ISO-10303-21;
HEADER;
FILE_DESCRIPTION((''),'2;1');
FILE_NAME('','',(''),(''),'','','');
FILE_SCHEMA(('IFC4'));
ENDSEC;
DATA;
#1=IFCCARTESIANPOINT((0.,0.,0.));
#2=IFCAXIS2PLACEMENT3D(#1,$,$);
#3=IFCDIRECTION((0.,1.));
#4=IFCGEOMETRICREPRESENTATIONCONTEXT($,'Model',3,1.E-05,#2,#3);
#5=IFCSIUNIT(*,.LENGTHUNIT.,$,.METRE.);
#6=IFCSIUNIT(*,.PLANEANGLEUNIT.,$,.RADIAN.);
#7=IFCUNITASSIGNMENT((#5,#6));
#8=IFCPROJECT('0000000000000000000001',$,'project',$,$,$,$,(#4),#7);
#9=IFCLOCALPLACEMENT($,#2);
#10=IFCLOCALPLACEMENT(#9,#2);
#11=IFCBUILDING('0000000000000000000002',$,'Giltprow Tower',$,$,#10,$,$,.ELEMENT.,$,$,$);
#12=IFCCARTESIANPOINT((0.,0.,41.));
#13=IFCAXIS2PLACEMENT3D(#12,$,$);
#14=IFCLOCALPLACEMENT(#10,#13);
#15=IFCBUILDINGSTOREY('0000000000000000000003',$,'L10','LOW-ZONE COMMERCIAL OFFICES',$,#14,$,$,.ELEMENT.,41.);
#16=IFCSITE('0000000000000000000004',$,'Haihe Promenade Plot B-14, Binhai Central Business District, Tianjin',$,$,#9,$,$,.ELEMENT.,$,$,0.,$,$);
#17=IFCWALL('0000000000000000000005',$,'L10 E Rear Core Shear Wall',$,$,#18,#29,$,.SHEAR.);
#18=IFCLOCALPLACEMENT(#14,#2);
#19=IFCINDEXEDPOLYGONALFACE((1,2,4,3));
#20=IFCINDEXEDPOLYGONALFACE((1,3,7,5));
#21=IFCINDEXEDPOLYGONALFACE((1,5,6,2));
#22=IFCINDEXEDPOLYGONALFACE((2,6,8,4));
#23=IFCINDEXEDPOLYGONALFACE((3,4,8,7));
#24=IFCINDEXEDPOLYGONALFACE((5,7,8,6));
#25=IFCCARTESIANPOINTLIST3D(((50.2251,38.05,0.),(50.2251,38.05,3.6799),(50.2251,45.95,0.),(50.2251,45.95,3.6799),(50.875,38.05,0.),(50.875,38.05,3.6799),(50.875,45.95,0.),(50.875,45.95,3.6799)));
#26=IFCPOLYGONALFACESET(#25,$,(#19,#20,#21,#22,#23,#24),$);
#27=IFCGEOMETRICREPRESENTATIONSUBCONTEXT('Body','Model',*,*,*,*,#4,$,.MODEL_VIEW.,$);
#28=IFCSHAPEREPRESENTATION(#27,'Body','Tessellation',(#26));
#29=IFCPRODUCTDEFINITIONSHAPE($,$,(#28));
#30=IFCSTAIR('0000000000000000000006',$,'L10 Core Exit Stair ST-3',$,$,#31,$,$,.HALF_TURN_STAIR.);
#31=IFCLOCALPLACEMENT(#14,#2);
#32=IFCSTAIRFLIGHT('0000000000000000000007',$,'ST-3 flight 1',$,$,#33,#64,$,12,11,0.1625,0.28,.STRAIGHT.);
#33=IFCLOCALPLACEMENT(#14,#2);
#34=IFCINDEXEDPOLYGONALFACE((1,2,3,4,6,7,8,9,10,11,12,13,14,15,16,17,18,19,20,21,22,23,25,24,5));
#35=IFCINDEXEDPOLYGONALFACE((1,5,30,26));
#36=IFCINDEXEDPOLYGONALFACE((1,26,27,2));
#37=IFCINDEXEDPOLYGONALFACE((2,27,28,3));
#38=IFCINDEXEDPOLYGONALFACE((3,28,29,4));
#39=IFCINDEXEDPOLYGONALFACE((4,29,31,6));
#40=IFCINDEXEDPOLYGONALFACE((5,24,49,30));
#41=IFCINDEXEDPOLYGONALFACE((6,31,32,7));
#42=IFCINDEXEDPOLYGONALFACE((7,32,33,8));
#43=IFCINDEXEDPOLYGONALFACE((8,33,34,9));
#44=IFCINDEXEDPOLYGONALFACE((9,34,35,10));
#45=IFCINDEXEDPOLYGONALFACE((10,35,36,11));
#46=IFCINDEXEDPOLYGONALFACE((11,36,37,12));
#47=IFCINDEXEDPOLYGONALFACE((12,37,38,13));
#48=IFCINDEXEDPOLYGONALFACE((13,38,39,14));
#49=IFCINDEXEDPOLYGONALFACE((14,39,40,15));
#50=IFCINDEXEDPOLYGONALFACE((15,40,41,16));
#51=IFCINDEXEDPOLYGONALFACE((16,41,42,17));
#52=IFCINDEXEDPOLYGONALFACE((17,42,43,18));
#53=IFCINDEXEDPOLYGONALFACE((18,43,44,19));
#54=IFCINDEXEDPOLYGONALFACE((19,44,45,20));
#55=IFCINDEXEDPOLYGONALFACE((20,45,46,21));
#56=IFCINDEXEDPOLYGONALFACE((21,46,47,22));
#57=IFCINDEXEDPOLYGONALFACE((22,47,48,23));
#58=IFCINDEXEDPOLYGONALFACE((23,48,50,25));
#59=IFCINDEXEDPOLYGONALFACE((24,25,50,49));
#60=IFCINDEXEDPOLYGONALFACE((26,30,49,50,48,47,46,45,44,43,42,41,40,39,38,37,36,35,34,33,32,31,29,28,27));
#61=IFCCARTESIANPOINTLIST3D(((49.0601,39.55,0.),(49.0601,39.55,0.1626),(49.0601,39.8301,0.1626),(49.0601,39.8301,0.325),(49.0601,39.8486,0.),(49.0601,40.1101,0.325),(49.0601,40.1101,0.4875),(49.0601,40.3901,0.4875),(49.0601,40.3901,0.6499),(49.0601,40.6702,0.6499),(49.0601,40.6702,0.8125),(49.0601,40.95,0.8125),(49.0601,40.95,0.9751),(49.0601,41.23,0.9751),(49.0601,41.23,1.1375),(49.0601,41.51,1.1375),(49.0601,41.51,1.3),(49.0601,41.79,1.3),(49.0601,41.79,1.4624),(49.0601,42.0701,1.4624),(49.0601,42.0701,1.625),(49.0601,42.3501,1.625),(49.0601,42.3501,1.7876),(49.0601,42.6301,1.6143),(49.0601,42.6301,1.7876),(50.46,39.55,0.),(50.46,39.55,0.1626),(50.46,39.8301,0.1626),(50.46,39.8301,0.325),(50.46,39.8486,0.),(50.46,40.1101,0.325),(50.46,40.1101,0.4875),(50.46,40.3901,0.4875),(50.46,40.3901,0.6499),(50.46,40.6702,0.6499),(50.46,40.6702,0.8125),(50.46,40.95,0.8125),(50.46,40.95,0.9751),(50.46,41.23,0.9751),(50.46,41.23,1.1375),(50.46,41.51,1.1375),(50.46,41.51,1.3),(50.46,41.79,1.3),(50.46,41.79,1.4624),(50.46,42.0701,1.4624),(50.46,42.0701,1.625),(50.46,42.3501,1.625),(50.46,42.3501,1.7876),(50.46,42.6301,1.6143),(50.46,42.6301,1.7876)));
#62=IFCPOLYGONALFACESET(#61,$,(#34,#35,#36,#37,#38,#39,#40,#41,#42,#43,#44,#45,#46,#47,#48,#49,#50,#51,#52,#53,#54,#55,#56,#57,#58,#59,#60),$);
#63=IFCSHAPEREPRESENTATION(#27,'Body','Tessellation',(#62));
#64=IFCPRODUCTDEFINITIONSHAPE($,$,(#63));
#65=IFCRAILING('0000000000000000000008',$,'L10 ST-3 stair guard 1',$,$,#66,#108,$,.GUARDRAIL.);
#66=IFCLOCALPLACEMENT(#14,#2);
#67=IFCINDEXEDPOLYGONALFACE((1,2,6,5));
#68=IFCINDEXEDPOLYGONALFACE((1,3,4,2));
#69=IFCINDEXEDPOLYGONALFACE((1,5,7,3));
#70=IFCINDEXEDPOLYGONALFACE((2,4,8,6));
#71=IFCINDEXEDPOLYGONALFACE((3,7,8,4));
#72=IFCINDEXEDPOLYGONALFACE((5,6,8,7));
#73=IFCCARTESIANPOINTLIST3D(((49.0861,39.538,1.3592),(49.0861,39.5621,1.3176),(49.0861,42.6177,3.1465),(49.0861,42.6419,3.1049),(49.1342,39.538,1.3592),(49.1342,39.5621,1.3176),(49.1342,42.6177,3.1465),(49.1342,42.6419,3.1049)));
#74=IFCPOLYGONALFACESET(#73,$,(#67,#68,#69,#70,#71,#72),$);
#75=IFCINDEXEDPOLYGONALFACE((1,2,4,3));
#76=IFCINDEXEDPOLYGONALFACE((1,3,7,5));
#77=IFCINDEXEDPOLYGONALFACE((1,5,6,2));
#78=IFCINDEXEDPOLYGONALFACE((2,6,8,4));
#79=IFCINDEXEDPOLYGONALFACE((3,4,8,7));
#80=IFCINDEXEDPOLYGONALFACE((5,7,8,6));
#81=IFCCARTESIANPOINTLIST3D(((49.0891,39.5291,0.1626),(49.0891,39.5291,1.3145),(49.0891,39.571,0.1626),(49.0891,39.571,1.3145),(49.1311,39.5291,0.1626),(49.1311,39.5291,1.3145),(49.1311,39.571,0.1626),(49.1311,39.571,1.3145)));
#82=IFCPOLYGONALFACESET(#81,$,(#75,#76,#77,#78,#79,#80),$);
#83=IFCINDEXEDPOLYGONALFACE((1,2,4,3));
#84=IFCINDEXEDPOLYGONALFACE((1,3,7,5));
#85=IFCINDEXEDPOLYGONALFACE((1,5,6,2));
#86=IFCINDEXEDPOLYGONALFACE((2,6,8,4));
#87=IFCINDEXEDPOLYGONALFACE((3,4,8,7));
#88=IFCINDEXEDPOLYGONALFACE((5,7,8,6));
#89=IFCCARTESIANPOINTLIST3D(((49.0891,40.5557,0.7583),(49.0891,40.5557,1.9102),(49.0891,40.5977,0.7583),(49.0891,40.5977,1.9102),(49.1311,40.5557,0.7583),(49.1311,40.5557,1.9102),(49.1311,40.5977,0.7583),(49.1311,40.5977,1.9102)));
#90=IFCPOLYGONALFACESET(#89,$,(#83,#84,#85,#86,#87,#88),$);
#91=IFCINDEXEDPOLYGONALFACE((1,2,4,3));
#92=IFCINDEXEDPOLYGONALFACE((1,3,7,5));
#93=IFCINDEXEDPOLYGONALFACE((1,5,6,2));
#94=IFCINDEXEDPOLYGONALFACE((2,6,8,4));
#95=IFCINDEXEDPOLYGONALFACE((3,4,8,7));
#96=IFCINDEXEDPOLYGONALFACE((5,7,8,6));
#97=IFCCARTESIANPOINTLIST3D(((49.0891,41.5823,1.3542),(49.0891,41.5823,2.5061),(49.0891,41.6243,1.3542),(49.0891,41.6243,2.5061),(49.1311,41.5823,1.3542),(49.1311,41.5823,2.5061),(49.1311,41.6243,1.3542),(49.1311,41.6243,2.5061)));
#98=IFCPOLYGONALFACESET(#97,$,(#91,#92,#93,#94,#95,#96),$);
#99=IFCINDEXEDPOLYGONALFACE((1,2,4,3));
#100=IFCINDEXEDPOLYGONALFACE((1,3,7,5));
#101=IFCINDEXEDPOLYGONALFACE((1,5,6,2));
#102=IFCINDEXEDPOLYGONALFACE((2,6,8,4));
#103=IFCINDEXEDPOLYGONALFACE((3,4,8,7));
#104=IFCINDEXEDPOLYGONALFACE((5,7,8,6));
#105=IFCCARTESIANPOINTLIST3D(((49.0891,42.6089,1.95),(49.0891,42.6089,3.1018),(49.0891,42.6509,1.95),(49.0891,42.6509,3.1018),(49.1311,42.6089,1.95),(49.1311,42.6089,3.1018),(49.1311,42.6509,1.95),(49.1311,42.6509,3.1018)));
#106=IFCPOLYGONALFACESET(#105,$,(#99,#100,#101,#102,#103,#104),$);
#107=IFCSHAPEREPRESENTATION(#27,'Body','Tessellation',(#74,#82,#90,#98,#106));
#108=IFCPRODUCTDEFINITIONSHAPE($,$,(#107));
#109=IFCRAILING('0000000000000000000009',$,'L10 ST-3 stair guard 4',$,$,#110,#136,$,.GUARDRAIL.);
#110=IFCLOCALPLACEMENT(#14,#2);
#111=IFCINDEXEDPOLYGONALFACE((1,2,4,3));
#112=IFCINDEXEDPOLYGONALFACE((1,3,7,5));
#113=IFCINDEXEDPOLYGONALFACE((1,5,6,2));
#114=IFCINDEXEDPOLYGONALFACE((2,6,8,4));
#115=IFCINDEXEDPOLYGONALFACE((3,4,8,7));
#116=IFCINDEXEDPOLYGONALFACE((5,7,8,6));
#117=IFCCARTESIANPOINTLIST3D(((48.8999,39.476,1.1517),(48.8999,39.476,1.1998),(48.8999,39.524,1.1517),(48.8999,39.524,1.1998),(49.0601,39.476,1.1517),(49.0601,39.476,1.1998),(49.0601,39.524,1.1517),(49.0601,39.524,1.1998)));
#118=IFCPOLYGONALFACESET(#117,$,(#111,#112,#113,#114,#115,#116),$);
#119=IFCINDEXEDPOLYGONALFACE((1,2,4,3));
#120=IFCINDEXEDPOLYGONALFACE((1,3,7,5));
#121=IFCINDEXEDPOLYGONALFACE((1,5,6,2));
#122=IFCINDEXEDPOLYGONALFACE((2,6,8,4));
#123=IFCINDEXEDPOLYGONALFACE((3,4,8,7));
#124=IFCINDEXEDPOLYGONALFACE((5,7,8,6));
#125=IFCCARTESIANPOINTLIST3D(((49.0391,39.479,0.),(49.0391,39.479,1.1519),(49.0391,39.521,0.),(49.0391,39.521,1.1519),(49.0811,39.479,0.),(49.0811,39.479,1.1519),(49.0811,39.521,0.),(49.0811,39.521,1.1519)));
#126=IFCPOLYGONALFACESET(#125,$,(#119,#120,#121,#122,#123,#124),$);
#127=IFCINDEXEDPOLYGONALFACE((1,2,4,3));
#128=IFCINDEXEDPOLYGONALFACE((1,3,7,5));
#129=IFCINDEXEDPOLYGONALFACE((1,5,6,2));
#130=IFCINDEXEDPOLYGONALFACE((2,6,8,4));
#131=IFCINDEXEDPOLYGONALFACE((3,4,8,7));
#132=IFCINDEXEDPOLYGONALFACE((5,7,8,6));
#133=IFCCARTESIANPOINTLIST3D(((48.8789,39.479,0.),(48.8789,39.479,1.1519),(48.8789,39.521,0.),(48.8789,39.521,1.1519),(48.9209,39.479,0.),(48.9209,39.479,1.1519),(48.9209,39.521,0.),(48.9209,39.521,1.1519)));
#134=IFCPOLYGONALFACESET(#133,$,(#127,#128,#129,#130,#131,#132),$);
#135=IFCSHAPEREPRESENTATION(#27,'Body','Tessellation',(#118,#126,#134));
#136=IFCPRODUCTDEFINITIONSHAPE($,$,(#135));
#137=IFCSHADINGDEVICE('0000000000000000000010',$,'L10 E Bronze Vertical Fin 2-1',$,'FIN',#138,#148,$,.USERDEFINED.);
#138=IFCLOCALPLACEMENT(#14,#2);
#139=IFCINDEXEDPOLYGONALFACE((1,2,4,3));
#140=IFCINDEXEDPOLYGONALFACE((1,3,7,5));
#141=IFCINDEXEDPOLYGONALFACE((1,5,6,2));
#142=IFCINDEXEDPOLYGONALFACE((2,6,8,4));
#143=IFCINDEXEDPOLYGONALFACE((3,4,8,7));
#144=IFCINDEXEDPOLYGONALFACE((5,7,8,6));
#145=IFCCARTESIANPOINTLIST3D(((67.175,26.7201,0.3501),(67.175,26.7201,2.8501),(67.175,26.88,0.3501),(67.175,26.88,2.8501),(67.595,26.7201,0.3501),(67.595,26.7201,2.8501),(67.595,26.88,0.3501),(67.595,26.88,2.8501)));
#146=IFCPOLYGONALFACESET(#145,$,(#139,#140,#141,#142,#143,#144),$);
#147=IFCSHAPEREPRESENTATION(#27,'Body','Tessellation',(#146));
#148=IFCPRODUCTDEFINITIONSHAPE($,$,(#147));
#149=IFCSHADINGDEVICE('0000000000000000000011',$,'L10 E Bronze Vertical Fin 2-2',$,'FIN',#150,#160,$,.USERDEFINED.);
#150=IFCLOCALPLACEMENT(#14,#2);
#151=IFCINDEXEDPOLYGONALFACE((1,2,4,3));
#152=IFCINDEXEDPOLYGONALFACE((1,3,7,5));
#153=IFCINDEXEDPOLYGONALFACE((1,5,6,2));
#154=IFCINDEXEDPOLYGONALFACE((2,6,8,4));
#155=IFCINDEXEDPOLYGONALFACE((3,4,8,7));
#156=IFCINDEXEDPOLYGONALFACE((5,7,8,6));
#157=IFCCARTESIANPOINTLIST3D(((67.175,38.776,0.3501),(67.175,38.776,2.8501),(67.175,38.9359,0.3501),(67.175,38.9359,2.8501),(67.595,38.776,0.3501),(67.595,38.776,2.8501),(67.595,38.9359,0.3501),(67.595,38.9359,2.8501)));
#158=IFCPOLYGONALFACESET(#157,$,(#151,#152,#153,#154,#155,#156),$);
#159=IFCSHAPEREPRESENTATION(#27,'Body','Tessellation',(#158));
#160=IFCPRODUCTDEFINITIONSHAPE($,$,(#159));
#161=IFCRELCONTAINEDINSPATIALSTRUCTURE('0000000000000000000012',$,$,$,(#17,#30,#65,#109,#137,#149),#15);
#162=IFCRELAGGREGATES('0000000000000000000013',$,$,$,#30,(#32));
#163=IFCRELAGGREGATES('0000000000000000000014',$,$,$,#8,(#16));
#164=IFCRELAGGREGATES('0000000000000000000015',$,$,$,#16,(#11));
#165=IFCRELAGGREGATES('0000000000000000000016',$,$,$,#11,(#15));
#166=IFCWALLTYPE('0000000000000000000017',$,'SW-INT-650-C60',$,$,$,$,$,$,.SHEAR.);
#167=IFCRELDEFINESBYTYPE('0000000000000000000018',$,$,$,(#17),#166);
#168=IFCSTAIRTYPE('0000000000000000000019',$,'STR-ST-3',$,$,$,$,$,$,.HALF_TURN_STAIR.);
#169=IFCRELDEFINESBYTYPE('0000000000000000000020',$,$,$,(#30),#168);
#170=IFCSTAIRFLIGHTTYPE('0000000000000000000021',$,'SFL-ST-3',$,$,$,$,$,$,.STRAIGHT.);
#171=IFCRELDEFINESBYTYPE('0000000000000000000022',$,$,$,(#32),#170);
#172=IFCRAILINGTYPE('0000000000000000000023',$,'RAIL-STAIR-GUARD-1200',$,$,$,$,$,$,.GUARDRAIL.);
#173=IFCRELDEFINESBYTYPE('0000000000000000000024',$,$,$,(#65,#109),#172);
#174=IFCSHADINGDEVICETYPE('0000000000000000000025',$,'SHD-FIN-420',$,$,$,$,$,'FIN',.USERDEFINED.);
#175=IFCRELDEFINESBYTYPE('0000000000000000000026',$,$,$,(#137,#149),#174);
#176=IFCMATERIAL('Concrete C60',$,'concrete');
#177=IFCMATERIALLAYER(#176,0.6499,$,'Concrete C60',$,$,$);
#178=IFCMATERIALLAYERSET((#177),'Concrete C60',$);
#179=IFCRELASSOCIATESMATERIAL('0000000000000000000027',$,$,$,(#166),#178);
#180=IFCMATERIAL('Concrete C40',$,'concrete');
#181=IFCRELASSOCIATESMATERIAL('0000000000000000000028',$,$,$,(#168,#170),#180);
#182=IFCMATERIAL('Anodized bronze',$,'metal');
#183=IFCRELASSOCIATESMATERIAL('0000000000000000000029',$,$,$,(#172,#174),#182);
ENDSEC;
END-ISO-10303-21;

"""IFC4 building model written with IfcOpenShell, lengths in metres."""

from ifc_helpers import new_model, si_unit, direction, frame, frame_2d, origin, origin_2d, place, context, subcontext, project, spatial, polyline, rectangle, outline, extrude, source, transform, mapped, material, layer, layer_set, type_object, element, aggregate, save


model = new_model("IFC4")

# Units and contexts
model_context = context("Model", 3, precision=1e-05, world=origin(), true_north=direction((0.0, 1.0)))
body_context = subcontext(model_context, "Body", "Model", "MODEL_VIEW")
ifc_project = project(units=[si_unit("LENGTHUNIT", "METRE"), si_unit("PLANEANGLEUNIT", "RADIAN")], contexts=[model_context])

# Site, building, storey
site_placement = place(None, origin())
site = spatial("IfcSite", under=ifc_project, at=site_placement, Name="Haihe Promenade Plot B-14, Binhai Central Business District, Tianjin", CompositionType="ELEMENT", RefElevation=0.0)
building_placement = place(site_placement, origin())
building = spatial("IfcBuilding", under=site, at=building_placement, Name="Giltprow Tower", CompositionType="ELEMENT")
storey_placement = place(building_placement, frame((0.0, 0.0, 41.0)))
storey = spatial("IfcBuildingStorey", under=building, at=storey_placement, Name="L10", Description="LOW-ZONE COMMERCIAL OFFICES", CompositionType="ELEMENT", Elevation=41.0)

# Shared definitions
ifc_material_1 = material(Name="Concrete C60", Category="concrete")

# Shared definitions
ifc_material_2 = material(Name="Concrete C40", Category="concrete")

# Wall
ifc_layer_1 = layer(ifc_material_1, 0.6499, Name="Concrete C60")
ifc_layer_set_1 = layer_set([ifc_layer_1], Name="Concrete C60")
wall_type_1 = type_object("IfcWallType", Name="SW-INT-650-C60", PredefinedType="SHEAR", material=ifc_layer_set_1)
wall_1_placement = place(storey_placement, frame((50.55, 38.05, 0.0), z_axis=(0.0, 0.0, 1.0), x_axis=(0.0, 1.0, 0.0)))
element("IfcWall", 1, at=wall_1_placement, inside=storey, type_object=wall_type_1, Name="L10 E Rear Core Shear Wall", PredefinedType="SHEAR", context=body_context, shape_type="SweptSolid", body=[
    extrude(rectangle(XDim=7.8999, YDim=0.6499, at=frame_2d((3.95, 0.0))), origin(), (0.0, 0.0, 1.0), 3.6799),
])

# Stair, stair flight
stair_type = type_object("IfcStairType", Name="STR-ST-3", PredefinedType="HALF_TURN_STAIR", material=ifc_material_2)
stair_placement = place(storey_placement, origin())
stair = element("IfcStair", 2, at=stair_placement, inside=storey, type_object=stair_type, Name="L10 Core Exit Stair ST-3", PredefinedType="HALF_TURN_STAIR")
stair_flight_type = type_object("IfcStairFlightType", Name="SFL-ST-3", PredefinedType="STRAIGHT", material=ifc_material_2)
stair_flight_placement = place(storey_placement, frame((49.76, 39.55, 0.0), z_axis=(0.0, 0.0, 1.0), x_axis=(0.0, 1.0, 0.0)))
stair_flight = element("IfcStairFlight", 3, at=stair_flight_placement, type_object=stair_flight_type, Name="ST-3 flight 1", NumberOfRisers=12, NumberOfTreads=11, PredefinedType="STRAIGHT", RiserHeight=0.1625, TreadLength=0.28, context=body_context, shape_type="SweptSolid", body=[
    extrude(outline(polyline([(0.0, 0.0), (0.0, 0.1626), (0.28, 0.1626), (0.28, 0.325), (0.5601, 0.325), (0.5601, 0.4875), (0.8401, 0.4875), (0.8401, 0.6499), (1.1201, 0.6499), (1.1201, 0.8125), (1.3999, 0.8125), (1.3999, 0.9751), (1.6799, 0.9751), (1.6799, 1.1375), (1.96, 1.1375), (1.96, 1.3), (2.24, 1.3), (2.24, 1.4624), (2.52, 1.4624), (2.52, 1.625), (2.8, 1.625), (2.8, 1.7876), (3.0801, 1.7876), (3.0801, 1.95), (3.0801, 1.6143), (0.2986, 0.0), (0.0, 0.0)])), frame((0.0, 0.7, 0.0), z_axis=(0.0, -1.0, 0.0), x_axis=(1.0, 0.0, 0.0)), (0.0, 0.0, 1.0), 1.3999),
])
aggregate(stair, [stair_flight])

# Railings
ifc_material_3 = material(Name="Anodized bronze", Category="metal")
railing_type = type_object("IfcRailingType", Name="RAIL-STAIR-GUARD-1200", PredefinedType="GUARDRAIL", material=ifc_material_3)
railing_1_placement = place(storey_placement, frame((49.1101, 39.55, 0.1626)))
element("IfcRailing", 4, at=railing_1_placement, inside=storey, type_object=railing_type, Name="L10 ST-3 stair guard 1", PredefinedType="GUARDRAIL", context=body_context, shape_type="SweptSolid", body=[
    extrude(rectangle(XDim=0.0481, YDim=0.0481, at=origin_2d()), frame((0.0, 0.0, 1.1758), z_axis=(0.0, 0.864903, 0.501939), x_axis=(-1.0, 0.0, 0.0)), (0.0, 0.0, 1.0), 3.5608),
    extrude(rectangle(XDim=0.042, YDim=0.042, at=origin_2d()), origin(), (0.0, 0.0, 1.0), 1.1519),
    extrude(rectangle(XDim=0.042, YDim=0.042, at=origin_2d()), frame((0.0, 1.0266, 0.5957)), (0.0, 0.0, 1.0), 1.1519),
    extrude(rectangle(XDim=0.042, YDim=0.042, at=origin_2d()), frame((0.0, 2.0532, 1.1917)), (0.0, 0.0, 1.0), 1.1519),
    extrude(rectangle(XDim=0.042, YDim=0.042, at=origin_2d()), frame((0.0, 3.0798, 1.7874)), (0.0, 0.0, 1.0), 1.1519),
])
railing_2_placement = place(storey_placement, frame((49.0601, 39.5, 0.0)))
element("IfcRailing", 5, at=railing_2_placement, inside=storey, type_object=railing_type, Name="L10 ST-3 stair guard 4", PredefinedType="GUARDRAIL", context=body_context, shape_type="SweptSolid", body=[
    extrude(rectangle(XDim=0.0481, YDim=0.0481, at=origin_2d()), frame((0.0, 0.0, 1.1758), z_axis=(-1.0, 0.0, 0.0), x_axis=(0.0, -1.0, 0.0)), (0.0, 0.0, 1.0), 0.1602),
    extrude(rectangle(XDim=0.042, YDim=0.042, at=origin_2d()), origin(), (0.0, 0.0, 1.0), 1.1519),
    extrude(rectangle(XDim=0.042, YDim=0.042, at=origin_2d()), frame((-0.1602, 0.0, 0.0)), (0.0, 0.0, 1.0), 1.1519),
])

# Shading devices
shading_device_type = type_object("IfcShadingDeviceType", Name="SHD-FIN-420", ElementType="FIN", PredefinedType="USERDEFINED", material=ifc_material_3)
shared_shape_1 = source(origin(), body_context, "Body", "SweptSolid", [
    extrude(rectangle(XDim=0.4199, YDim=0.1599, at=origin_2d()), origin(), (0.0, 0.0, 1.0), 2.5),
])
for number, where, z_axis, x_axis, name in (
    (6, (67.385, 26.8, 0.3501), (0.0, 0.0, 1.0), (1.0, 0.0, 0.0), "L10 E Bronze Vertical Fin 2-1"),
    (7, (67.385, 38.856, 0.3501), (0.0, 0.0, 1.0), (1.0, 0.0, 0.0), "L10 E Bronze Vertical Fin 2-2"),
):
    element("IfcShadingDevice", number, at=place(storey_placement, frame(where, z_axis=z_axis, x_axis=x_axis)), inside=storey, type_object=shading_device_type, Name=name, ObjectType="FIN", PredefinedType="USERDEFINED", context=body_context, shape_type="MappedRepresentation", body=[
        mapped(shared_shape_1, transform((0.0, 0.0, 0.0), x_axis=(1.0, 0.0, 0.0), y_axis=(0.0, 1.0, 0.0), z_axis=(0.0, 0.0, 1.0), scale=1.0)),
    ])

save(model, "model.ifc")
